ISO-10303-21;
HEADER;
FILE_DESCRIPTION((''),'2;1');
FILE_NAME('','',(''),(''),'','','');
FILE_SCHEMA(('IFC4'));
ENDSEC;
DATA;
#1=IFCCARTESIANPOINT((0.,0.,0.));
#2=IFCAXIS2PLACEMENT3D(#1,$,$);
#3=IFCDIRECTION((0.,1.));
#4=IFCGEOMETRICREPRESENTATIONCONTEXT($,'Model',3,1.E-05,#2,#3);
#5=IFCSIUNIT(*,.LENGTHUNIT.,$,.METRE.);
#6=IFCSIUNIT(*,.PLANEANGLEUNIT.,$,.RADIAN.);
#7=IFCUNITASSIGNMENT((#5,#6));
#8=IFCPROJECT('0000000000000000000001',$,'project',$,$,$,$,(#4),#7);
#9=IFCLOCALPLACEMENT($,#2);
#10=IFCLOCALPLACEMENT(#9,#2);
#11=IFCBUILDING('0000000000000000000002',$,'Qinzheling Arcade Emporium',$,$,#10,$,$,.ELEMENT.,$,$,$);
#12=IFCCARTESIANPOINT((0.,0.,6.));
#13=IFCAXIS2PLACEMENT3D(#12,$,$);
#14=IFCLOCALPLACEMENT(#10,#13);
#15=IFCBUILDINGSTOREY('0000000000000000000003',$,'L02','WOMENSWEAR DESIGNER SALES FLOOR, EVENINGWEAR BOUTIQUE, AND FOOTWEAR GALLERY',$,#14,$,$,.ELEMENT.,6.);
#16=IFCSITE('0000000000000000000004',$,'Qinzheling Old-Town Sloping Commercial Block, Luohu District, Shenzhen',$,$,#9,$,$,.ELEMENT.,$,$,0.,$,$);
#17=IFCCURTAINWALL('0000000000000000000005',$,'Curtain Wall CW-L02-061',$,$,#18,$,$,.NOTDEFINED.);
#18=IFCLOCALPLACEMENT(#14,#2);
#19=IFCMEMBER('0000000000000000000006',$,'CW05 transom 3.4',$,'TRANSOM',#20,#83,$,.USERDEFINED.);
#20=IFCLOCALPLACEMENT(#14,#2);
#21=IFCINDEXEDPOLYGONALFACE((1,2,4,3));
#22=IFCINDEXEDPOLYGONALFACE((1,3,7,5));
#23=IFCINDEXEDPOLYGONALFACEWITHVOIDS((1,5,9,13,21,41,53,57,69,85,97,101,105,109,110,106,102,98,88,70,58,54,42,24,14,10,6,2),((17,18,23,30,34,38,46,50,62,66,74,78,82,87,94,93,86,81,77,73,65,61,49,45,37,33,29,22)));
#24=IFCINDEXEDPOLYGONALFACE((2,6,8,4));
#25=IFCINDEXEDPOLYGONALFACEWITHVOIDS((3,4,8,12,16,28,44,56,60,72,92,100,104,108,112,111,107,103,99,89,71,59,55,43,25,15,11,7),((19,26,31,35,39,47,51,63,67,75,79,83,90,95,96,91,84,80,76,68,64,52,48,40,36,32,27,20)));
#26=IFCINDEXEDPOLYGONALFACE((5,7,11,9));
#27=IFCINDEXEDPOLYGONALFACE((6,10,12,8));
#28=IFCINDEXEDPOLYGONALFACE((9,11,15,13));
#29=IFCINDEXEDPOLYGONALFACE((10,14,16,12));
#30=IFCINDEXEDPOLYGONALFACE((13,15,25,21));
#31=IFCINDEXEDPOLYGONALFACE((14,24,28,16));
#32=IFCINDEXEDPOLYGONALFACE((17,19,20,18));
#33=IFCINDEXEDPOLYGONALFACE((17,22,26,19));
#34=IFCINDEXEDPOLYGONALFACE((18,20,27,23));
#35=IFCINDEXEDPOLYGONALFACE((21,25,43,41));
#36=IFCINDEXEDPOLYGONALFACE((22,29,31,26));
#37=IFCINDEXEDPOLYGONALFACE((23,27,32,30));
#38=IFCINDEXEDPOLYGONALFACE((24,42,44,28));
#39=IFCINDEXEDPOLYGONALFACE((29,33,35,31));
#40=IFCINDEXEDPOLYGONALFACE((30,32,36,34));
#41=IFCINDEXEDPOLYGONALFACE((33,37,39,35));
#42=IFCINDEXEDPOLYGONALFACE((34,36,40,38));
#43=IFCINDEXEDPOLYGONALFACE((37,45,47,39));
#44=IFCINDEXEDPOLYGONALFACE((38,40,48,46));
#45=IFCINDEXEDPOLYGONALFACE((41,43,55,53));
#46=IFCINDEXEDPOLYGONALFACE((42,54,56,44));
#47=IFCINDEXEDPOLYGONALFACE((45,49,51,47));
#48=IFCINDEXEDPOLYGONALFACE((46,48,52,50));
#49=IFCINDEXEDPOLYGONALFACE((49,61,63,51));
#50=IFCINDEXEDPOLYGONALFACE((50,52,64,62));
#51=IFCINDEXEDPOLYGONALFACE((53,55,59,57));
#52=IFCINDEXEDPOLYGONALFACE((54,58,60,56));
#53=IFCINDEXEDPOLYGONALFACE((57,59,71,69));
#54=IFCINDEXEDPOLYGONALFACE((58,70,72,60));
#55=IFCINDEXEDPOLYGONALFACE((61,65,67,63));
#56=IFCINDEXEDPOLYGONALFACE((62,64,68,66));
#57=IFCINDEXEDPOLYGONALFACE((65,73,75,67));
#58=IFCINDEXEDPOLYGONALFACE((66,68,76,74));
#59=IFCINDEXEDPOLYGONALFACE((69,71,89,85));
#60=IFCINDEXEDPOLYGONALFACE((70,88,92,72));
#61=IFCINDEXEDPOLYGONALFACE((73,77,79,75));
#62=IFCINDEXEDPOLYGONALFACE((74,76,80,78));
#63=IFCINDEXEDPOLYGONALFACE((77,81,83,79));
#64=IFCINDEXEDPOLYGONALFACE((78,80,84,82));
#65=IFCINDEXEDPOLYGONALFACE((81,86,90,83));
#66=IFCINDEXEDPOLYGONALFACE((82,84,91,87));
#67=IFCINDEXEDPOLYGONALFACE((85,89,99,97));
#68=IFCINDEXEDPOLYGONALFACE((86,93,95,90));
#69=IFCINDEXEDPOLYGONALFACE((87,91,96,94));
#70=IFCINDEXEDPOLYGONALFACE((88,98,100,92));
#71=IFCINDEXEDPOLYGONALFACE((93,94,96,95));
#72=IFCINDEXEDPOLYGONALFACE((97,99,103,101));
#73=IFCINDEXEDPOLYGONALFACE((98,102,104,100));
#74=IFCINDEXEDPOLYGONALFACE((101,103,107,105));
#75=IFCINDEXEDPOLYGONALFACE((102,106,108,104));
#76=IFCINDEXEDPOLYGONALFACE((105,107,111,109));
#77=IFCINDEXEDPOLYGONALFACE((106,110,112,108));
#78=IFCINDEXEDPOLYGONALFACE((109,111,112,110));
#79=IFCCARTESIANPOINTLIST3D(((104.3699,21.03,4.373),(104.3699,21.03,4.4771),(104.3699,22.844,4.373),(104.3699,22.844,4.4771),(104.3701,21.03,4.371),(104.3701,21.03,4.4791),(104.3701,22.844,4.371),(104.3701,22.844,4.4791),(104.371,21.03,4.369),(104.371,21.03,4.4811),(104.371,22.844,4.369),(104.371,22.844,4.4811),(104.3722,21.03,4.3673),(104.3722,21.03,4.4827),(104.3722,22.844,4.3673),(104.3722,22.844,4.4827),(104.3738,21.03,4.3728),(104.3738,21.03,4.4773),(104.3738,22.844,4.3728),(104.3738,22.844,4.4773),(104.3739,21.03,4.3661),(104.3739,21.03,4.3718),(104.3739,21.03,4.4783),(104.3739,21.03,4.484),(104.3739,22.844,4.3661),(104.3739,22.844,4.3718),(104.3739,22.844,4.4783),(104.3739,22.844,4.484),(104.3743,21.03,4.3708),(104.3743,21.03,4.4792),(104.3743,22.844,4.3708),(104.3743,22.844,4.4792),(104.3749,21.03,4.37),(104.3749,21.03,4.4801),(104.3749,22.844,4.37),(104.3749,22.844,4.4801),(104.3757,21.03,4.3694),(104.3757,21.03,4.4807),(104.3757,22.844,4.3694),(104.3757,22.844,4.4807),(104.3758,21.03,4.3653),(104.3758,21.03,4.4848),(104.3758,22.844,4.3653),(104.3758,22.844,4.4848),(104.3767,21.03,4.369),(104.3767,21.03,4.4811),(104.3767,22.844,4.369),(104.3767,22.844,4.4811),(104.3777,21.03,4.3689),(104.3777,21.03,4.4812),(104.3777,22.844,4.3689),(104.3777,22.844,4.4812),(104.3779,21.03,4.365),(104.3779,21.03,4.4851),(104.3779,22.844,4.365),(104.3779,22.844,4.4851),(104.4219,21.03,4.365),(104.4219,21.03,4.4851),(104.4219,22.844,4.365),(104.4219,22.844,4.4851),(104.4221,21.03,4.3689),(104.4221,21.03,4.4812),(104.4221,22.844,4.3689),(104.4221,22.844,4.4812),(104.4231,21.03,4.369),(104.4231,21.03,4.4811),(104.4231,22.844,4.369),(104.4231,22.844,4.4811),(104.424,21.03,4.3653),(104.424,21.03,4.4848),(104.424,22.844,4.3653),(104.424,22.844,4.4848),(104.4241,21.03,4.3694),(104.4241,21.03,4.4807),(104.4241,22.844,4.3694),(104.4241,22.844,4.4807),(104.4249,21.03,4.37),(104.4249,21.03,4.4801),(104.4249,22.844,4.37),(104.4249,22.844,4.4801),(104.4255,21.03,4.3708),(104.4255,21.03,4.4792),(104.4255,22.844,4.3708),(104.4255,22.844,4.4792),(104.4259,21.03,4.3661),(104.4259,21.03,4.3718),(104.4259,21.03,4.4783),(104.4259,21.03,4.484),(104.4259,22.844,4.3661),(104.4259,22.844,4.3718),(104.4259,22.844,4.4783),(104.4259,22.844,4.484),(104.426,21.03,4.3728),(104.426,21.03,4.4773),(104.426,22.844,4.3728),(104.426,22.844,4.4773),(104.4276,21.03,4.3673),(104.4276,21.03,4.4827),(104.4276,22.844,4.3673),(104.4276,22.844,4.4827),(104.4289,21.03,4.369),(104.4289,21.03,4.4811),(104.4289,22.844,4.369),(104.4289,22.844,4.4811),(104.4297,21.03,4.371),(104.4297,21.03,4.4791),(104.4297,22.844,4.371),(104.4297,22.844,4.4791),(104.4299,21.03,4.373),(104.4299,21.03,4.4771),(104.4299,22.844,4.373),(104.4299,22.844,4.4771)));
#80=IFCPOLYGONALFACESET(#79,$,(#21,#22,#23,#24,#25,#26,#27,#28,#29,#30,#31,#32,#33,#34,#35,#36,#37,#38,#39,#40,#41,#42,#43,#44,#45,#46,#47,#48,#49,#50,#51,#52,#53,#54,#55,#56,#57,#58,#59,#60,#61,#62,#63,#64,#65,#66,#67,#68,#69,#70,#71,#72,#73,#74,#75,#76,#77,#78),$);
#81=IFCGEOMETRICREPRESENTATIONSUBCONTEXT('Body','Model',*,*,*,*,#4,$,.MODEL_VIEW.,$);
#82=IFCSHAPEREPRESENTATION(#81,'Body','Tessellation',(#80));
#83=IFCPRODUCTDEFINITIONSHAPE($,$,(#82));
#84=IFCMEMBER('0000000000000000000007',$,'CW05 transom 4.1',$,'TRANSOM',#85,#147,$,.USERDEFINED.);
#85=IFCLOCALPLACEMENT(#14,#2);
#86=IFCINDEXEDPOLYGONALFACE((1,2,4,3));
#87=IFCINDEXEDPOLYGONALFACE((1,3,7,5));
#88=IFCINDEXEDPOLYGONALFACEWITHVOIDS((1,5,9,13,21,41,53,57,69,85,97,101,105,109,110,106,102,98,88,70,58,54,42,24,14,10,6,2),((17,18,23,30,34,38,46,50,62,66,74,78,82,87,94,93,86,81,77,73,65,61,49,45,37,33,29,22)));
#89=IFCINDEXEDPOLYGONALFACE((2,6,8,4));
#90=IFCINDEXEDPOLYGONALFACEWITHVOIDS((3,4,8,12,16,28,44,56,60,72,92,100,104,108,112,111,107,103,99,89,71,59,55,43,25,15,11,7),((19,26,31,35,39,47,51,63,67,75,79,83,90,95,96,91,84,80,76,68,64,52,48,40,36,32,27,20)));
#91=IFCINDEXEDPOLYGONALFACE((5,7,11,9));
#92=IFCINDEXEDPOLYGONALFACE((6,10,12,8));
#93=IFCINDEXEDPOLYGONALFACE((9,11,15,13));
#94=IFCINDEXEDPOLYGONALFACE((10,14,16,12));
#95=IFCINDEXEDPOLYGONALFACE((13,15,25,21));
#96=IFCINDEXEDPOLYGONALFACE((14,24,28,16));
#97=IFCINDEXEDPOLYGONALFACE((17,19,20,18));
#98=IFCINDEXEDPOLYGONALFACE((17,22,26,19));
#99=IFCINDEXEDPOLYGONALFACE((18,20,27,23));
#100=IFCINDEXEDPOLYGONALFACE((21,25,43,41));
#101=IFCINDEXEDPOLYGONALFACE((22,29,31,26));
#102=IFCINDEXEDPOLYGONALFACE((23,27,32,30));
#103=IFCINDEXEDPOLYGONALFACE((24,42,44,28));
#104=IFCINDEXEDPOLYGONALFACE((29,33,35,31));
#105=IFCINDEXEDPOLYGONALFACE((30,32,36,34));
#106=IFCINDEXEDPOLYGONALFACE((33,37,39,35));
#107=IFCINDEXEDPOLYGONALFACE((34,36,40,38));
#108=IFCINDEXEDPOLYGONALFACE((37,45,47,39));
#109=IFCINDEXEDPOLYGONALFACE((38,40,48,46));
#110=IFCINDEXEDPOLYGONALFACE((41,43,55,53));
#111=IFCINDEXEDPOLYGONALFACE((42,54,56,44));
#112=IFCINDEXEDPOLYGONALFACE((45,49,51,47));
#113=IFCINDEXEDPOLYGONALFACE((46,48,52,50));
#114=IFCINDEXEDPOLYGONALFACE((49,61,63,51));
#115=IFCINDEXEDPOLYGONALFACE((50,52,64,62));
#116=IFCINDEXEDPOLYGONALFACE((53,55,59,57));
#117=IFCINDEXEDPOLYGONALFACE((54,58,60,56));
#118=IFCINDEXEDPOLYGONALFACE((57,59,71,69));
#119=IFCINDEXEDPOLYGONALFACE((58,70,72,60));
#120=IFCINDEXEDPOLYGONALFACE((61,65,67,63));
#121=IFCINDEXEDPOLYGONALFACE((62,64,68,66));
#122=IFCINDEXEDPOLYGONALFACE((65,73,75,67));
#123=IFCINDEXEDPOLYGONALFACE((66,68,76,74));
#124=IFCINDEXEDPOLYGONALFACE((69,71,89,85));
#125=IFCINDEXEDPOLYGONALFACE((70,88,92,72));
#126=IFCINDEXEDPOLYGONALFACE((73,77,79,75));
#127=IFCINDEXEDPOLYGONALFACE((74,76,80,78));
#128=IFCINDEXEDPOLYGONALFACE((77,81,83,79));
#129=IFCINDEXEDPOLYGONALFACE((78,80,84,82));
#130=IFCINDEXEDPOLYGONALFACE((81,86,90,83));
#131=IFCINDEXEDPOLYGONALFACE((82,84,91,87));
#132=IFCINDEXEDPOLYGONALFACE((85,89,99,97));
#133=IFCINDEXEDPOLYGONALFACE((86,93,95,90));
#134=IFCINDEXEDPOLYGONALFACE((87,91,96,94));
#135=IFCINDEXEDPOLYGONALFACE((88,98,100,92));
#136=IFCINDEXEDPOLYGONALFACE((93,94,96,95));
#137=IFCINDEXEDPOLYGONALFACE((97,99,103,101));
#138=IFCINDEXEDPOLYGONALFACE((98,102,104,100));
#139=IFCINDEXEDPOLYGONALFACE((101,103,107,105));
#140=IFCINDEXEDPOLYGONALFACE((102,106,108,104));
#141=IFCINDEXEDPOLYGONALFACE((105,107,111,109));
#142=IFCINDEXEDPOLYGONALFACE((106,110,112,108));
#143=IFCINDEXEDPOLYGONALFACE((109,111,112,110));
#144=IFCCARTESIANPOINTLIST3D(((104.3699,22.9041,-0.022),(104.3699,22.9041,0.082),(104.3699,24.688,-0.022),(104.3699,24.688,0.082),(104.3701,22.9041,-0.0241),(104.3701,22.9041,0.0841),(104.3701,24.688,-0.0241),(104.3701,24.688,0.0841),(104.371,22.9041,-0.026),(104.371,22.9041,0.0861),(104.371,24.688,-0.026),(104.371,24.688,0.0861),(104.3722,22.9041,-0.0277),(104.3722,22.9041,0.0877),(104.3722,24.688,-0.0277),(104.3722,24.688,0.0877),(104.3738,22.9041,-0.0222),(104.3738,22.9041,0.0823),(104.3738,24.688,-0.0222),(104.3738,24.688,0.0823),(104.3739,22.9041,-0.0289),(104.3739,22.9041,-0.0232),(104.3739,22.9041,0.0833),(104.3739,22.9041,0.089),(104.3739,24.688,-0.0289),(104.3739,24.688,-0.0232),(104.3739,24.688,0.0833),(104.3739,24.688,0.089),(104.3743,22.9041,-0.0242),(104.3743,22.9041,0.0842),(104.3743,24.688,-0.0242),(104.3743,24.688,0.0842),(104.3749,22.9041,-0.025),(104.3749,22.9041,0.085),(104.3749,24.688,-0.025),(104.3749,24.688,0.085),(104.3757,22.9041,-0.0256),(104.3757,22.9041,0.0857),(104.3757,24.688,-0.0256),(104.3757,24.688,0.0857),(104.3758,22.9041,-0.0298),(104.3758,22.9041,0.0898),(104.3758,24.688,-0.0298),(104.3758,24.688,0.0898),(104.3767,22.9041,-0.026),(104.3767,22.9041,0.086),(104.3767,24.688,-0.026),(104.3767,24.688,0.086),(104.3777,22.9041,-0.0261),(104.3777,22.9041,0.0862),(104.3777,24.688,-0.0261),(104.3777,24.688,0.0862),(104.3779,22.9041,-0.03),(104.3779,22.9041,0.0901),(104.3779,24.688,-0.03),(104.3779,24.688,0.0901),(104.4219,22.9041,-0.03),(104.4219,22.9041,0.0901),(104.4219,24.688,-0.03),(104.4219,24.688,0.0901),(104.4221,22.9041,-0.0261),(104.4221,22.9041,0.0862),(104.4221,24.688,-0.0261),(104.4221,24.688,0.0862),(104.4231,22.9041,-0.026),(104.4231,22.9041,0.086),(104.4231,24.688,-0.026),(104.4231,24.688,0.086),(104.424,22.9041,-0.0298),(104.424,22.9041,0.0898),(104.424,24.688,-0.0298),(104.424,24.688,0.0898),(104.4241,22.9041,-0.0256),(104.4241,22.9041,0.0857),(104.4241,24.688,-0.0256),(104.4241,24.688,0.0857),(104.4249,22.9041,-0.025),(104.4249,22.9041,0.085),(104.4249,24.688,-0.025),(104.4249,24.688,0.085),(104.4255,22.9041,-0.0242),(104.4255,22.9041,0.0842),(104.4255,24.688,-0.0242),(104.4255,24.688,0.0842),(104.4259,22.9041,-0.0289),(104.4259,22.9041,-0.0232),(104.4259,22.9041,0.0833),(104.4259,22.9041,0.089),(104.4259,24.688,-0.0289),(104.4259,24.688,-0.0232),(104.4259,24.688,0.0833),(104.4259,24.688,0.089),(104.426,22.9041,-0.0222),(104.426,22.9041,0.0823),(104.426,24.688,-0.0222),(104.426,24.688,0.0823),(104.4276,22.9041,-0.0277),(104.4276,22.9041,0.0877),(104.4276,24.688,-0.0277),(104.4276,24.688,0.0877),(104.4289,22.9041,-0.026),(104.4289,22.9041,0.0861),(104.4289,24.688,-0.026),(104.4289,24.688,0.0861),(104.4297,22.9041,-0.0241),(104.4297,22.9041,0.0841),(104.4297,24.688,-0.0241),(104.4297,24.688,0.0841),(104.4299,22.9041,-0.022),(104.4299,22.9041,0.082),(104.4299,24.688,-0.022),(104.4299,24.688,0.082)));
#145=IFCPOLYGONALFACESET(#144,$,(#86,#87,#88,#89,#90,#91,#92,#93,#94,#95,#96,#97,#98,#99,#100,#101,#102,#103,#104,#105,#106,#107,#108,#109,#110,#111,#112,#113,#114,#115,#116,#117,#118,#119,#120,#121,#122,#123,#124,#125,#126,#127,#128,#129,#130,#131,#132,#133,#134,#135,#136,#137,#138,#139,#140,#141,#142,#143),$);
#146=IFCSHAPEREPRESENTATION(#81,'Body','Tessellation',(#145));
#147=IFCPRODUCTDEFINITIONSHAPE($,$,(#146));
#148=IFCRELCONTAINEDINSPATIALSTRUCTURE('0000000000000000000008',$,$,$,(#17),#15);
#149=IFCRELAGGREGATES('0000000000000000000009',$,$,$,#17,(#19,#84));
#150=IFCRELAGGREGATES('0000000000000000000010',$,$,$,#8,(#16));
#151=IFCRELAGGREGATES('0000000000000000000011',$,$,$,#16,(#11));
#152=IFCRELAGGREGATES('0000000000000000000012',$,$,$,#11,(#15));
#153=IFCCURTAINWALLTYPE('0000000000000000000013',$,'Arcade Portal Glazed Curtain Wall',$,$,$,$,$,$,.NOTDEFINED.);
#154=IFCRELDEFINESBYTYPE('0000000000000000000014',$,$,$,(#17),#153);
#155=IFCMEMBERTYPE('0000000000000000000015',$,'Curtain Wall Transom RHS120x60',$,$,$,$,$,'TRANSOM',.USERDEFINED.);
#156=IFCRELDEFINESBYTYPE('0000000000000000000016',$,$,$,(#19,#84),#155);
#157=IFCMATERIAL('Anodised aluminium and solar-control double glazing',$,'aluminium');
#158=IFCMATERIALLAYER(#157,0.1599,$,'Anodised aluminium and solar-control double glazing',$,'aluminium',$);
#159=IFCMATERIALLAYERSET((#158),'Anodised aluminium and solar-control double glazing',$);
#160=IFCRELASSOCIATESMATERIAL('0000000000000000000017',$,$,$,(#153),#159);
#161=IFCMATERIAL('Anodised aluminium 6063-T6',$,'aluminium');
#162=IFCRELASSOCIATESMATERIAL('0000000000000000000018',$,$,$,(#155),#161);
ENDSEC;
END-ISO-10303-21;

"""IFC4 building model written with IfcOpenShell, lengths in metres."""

from ifc_helpers import new_model, si_unit, direction, frame, origin, origin_2d, place, context, subcontext, project, spatial, hollow_rectangle, extrude, material, layer, layer_set, material_profile, profile_set, type_object, element, aggregate, save


model = new_model("IFC4")

# Units and contexts
model_context = context("Model", 3, precision=1e-05, world=origin(), true_north=direction((0.0, 1.0)))
body_context = subcontext(model_context, "Body", "Model", "MODEL_VIEW")
ifc_project = project(units=[si_unit("LENGTHUNIT", "METRE"), si_unit("PLANEANGLEUNIT", "RADIAN")], contexts=[model_context])

# Site, building, storey
site_placement = place(None, origin())
site = spatial("IfcSite", under=ifc_project, at=site_placement, Name="Qinzheling Old-Town Sloping Commercial Block, Luohu District, Shenzhen", CompositionType="ELEMENT", RefElevation=0.0)
building_placement = place(site_placement, origin())
building = spatial("IfcBuilding", under=site, at=building_placement, Name="Qinzheling Arcade Emporium", CompositionType="ELEMENT")
storey_placement = place(building_placement, frame((0.0, 0.0, 6.0)))
storey = spatial("IfcBuildingStorey", under=building, at=storey_placement, Name="L02", Description="WOMENSWEAR DESIGNER SALES FLOOR, EVENINGWEAR BOUTIQUE, AND FOOTWEAR GALLERY", CompositionType="ELEMENT", Elevation=6.0)

# Curtain wall, members
ifc_material_1 = material(Name="Anodised aluminium and solar-control double glazing", Category="aluminium")
ifc_layer_1 = layer(ifc_material_1, 0.1599, Name="Anodised aluminium and solar-control double glazing", Category="aluminium")
ifc_layer_set_1 = layer_set([ifc_layer_1], Name="Anodised aluminium and solar-control double glazing")
curtain_wall_type = type_object("IfcCurtainWallType", Name="Arcade Portal Glazed Curtain Wall", PredefinedType="NOTDEFINED", material=ifc_layer_set_1)
curtain_wall_placement = place(storey_placement, origin())
curtain_wall = element("IfcCurtainWall", 1, at=curtain_wall_placement, inside=storey, type_object=curtain_wall_type, Name="Curtain Wall CW-L02-061", PredefinedType="NOTDEFINED")
ifc_material_2 = material(Name="Anodised aluminium 6063-T6", Category="aluminium")
ifc_material_profile_1 = material_profile(ifc_material_2, hollow_rectangle(XDim=0.0601, YDim=0.1201, WallThickness=0.0039, InnerFilletRadius=0.0039, OuterFilletRadius=0.0081, at=origin_2d()), Name="RHS 120x60x4", Category="aluminium")
ifc_profile_set_1 = profile_set([ifc_material_profile_1], Name="Anodised aluminium 6063-T6")
member_type_1 = type_object("IfcMemberType", Name="Curtain Wall Transom RHS120x60", ElementType="TRANSOM", PredefinedType="USERDEFINED", material=ifc_profile_set_1)
member_1_placement = place(storey_placement, frame((104.3999, 21.03, 4.425), z_axis=(0.0, 1.0, 0.0), x_axis=(-1.0, 0.0, 0.0)))
member_1 = element("IfcMember", 2, at=member_1_placement, type_object=member_type_1, Name="CW05 transom 3.4", ObjectType="TRANSOM", PredefinedType="USERDEFINED", context=body_context, shape_type="SweptSolid", body=[
    extrude(hollow_rectangle(XDim=0.0601, YDim=0.1201, WallThickness=0.0039, InnerFilletRadius=0.0039, OuterFilletRadius=0.0081, at=origin_2d()), origin(), (0.0, 0.0, 1.0), 1.814),
])
member_2_placement = place(storey_placement, frame((104.3999, 22.9041, 0.03), z_axis=(0.0, 1.0, 0.0), x_axis=(-1.0, 0.0, 0.0)))
member_2 = element("IfcMember", 3, at=member_2_placement, type_object=member_type_1, Name="CW05 transom 4.1", ObjectType="TRANSOM", PredefinedType="USERDEFINED", context=body_context, shape_type="SweptSolid", body=[
    extrude(hollow_rectangle(XDim=0.0601, YDim=0.1201, WallThickness=0.0039, InnerFilletRadius=0.0039, OuterFilletRadius=0.0081, at=origin_2d()), origin(), (0.0, 0.0, 1.0), 1.7839),
])
aggregate(curtain_wall, [member_1, member_2])

save(model, "model.ifc")
